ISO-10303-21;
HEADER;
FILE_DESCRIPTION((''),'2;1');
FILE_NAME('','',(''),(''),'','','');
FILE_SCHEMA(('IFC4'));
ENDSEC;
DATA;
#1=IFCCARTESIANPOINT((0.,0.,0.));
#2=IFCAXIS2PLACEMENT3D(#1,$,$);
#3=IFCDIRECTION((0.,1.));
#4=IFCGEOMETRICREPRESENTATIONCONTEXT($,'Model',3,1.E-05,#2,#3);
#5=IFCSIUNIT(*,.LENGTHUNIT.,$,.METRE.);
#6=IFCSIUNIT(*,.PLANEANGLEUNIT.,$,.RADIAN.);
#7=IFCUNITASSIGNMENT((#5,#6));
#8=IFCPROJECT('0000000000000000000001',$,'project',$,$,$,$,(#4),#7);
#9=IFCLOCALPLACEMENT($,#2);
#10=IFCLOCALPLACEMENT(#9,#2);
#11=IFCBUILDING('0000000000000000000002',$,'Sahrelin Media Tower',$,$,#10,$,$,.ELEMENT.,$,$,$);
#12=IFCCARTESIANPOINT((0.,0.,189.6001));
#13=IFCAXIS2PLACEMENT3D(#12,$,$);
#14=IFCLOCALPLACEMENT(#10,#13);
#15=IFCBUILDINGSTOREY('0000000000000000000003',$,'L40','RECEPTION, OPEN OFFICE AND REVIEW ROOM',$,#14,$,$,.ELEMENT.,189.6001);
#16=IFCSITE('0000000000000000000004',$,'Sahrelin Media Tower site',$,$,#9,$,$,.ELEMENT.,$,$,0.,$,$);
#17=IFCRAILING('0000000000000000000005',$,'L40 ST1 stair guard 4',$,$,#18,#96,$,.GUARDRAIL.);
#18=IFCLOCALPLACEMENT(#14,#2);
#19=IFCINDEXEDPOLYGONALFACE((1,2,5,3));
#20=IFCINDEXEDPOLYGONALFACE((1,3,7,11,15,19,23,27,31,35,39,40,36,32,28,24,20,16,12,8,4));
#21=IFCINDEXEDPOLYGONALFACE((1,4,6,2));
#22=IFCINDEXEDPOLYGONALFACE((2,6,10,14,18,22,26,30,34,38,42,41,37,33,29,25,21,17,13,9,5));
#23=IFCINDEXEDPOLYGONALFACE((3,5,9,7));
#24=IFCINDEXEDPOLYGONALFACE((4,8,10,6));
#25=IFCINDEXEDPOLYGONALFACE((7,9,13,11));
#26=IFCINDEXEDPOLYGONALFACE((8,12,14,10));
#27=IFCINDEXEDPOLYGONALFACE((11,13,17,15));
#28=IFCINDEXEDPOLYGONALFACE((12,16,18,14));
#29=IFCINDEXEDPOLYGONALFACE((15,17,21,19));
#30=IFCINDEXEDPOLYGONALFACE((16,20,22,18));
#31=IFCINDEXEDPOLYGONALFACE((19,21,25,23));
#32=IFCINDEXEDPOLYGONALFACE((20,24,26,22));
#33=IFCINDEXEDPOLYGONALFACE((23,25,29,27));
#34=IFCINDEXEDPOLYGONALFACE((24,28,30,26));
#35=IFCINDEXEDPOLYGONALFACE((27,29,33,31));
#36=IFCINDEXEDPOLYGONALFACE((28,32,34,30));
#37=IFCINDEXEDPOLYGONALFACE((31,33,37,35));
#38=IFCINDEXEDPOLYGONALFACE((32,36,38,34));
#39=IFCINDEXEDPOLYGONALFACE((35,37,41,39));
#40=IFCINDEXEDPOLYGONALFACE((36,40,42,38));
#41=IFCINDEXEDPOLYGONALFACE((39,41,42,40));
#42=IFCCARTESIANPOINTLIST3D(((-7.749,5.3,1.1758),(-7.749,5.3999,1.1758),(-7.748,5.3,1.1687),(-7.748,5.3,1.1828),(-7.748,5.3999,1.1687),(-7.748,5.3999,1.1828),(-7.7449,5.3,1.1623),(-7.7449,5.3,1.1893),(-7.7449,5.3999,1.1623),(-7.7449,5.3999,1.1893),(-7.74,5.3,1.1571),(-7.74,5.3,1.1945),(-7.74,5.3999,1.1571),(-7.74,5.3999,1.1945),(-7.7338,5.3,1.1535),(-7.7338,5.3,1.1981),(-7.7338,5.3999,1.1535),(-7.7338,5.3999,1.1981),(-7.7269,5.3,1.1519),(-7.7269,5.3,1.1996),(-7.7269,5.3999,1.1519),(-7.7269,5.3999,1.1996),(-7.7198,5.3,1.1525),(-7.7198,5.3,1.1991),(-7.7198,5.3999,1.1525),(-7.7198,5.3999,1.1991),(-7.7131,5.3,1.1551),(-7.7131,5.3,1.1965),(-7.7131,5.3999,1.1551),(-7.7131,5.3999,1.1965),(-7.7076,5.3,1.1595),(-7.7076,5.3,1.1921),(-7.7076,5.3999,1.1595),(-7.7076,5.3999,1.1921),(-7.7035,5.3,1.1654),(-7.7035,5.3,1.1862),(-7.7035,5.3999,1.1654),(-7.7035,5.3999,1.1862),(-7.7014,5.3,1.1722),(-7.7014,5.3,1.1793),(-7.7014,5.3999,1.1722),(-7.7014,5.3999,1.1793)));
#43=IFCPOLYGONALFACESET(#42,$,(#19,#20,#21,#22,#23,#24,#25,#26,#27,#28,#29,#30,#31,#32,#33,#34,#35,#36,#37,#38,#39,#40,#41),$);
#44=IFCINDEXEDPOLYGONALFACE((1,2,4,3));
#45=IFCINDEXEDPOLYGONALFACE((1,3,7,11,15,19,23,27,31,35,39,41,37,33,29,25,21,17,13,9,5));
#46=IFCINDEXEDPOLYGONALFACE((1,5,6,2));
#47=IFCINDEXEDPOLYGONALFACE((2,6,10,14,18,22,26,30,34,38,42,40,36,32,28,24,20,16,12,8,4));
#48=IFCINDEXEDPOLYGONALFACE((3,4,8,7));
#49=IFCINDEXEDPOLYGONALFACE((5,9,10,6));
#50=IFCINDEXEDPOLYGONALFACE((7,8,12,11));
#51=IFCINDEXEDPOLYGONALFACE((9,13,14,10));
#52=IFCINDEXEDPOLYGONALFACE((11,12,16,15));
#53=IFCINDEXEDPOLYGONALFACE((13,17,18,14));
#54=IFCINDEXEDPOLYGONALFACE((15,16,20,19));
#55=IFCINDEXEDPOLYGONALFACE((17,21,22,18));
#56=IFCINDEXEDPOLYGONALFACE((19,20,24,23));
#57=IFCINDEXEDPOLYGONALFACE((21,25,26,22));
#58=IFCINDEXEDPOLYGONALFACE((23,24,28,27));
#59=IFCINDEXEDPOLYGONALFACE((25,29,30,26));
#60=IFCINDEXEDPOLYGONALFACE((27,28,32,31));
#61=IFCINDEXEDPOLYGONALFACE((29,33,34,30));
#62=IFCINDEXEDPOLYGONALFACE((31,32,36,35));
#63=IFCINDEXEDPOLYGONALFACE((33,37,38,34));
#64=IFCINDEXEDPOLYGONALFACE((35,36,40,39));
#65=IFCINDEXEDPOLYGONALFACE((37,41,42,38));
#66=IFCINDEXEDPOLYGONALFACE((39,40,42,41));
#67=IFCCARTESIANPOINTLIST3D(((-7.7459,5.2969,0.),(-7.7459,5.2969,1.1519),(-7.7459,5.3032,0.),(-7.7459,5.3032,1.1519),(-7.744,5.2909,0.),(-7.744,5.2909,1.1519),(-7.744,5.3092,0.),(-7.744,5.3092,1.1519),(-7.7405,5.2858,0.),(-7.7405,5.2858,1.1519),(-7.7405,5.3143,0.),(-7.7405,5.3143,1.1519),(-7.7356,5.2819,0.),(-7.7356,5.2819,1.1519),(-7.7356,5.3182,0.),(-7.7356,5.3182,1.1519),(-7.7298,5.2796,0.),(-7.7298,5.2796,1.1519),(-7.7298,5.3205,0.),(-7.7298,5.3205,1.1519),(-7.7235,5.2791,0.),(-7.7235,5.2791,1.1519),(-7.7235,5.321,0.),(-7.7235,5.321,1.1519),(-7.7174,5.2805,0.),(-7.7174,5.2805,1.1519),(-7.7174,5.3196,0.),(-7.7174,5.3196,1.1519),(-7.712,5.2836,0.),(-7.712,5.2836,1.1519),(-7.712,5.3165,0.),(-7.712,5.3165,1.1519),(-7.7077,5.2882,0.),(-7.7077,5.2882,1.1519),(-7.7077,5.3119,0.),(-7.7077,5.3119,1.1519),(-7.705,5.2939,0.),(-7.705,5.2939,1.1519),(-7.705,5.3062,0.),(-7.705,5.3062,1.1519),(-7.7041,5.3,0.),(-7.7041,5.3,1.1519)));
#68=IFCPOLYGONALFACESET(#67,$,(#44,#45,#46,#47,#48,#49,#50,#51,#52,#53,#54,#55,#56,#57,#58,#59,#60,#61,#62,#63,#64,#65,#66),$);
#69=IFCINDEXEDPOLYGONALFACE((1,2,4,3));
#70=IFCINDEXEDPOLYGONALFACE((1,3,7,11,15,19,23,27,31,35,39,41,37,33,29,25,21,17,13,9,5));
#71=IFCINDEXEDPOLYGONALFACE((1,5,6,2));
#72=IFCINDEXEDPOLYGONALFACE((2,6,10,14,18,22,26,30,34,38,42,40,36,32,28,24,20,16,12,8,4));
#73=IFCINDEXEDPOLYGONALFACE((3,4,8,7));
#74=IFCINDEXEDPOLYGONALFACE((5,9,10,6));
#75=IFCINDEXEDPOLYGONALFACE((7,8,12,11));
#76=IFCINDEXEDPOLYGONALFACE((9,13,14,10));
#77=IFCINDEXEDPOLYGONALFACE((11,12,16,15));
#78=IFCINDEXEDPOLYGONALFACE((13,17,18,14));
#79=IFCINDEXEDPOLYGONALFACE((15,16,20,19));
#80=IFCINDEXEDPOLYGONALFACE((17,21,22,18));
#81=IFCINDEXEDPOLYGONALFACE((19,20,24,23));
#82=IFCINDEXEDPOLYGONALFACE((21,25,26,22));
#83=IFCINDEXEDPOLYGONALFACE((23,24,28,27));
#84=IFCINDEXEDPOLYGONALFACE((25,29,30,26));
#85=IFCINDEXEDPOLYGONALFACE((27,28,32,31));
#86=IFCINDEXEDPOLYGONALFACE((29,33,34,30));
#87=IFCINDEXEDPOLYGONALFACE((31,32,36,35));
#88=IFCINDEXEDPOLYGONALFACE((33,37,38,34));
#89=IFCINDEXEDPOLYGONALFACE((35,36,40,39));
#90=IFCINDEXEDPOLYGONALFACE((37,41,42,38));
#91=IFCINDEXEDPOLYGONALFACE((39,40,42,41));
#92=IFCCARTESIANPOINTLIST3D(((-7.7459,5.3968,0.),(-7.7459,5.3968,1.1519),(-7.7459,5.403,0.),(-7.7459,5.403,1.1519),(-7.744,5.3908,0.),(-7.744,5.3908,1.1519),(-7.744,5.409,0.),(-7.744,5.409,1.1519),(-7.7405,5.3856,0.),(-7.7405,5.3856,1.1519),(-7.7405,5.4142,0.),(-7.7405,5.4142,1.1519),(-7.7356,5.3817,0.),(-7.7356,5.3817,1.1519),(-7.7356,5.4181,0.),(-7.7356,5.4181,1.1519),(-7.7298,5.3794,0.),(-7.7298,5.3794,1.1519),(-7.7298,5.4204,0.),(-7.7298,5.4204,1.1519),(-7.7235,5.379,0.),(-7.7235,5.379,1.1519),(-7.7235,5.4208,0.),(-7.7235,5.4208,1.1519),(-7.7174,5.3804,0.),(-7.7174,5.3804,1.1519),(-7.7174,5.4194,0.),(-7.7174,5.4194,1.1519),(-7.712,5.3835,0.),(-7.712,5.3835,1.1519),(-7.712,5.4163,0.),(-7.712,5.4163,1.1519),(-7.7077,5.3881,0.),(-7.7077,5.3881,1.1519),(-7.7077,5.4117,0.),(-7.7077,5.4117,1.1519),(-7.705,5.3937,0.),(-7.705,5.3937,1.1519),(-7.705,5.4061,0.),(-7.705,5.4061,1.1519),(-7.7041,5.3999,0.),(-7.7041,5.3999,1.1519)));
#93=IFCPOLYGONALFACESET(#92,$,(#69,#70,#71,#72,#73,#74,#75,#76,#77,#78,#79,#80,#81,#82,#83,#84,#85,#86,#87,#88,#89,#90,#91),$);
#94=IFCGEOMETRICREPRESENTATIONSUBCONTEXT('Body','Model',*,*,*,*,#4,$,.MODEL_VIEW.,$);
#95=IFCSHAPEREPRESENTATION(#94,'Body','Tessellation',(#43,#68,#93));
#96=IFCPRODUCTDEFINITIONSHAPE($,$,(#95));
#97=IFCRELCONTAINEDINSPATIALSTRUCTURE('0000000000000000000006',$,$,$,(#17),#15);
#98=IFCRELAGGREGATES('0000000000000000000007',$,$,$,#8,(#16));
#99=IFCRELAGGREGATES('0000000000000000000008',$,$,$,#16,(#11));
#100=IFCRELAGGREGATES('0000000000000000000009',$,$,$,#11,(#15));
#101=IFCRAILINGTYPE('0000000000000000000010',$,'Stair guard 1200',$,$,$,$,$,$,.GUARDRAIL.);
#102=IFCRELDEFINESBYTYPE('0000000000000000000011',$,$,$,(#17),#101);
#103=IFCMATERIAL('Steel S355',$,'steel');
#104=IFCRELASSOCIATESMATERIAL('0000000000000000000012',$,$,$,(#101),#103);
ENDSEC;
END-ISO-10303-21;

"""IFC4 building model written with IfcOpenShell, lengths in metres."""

from ifc_helpers import new_model, si_unit, direction, frame, origin, origin_2d, place, context, subcontext, project, spatial, circle, extrude, material, type_object, element, save


model = new_model("IFC4")

# Units and contexts
model_context = context("Model", 3, precision=1e-05, world=origin(), true_north=direction((0.0, 1.0)))
body_context = subcontext(model_context, "Body", "Model", "MODEL_VIEW")
ifc_project = project(units=[si_unit("LENGTHUNIT", "METRE"), si_unit("PLANEANGLEUNIT", "RADIAN")], contexts=[model_context])

# Site, building, storey
site_placement = place(None, origin())
site = spatial("IfcSite", under=ifc_project, at=site_placement, Name="Sahrelin Media Tower site", CompositionType="ELEMENT", RefElevation=0.0)
building_placement = place(site_placement, origin())
building = spatial("IfcBuilding", under=site, at=building_placement, Name="Sahrelin Media Tower", CompositionType="ELEMENT")
storey_placement = place(building_placement, frame((0.0, 0.0, 189.6001)))
storey = spatial("IfcBuildingStorey", under=building, at=storey_placement, Name="L40", Description="RECEPTION, OPEN OFFICE AND REVIEW ROOM", CompositionType="ELEMENT", Elevation=189.6001)

# Shared definitions
ifc_material_1 = material(Name="Steel S355", Category="steel")

# Railing
railing_type_1 = type_object("IfcRailingType", Name="Stair guard 1200", PredefinedType="GUARDRAIL", material=ifc_material_1)
railing_1_placement = place(storey_placement, frame((-7.7251, 5.3, 0.0)))
element("IfcRailing", 1, at=railing_1_placement, inside=storey, type_object=railing_type_1, Name="L40 ST1 stair guard 4", PredefinedType="GUARDRAIL", context=body_context, shape_type="SweptSolid", body=[
    extrude(circle(Radius=0.0239, at=origin_2d()), frame((0.0, 0.0, 1.1758), z_axis=(0.0, 1.0, 0.0), x_axis=(-1.0, 0.0, 0.0)), (0.0, 0.0, 1.0), 0.0999),
    extrude(circle(Radius=0.021, at=origin_2d()), origin(), (0.0, 0.0, 1.0), 1.1519),
    extrude(circle(Radius=0.021, at=origin_2d()), frame((0.0, 0.0999, 0.0)), (0.0, 0.0, 1.0), 1.1519),
])

save(model, "model.ifc")
